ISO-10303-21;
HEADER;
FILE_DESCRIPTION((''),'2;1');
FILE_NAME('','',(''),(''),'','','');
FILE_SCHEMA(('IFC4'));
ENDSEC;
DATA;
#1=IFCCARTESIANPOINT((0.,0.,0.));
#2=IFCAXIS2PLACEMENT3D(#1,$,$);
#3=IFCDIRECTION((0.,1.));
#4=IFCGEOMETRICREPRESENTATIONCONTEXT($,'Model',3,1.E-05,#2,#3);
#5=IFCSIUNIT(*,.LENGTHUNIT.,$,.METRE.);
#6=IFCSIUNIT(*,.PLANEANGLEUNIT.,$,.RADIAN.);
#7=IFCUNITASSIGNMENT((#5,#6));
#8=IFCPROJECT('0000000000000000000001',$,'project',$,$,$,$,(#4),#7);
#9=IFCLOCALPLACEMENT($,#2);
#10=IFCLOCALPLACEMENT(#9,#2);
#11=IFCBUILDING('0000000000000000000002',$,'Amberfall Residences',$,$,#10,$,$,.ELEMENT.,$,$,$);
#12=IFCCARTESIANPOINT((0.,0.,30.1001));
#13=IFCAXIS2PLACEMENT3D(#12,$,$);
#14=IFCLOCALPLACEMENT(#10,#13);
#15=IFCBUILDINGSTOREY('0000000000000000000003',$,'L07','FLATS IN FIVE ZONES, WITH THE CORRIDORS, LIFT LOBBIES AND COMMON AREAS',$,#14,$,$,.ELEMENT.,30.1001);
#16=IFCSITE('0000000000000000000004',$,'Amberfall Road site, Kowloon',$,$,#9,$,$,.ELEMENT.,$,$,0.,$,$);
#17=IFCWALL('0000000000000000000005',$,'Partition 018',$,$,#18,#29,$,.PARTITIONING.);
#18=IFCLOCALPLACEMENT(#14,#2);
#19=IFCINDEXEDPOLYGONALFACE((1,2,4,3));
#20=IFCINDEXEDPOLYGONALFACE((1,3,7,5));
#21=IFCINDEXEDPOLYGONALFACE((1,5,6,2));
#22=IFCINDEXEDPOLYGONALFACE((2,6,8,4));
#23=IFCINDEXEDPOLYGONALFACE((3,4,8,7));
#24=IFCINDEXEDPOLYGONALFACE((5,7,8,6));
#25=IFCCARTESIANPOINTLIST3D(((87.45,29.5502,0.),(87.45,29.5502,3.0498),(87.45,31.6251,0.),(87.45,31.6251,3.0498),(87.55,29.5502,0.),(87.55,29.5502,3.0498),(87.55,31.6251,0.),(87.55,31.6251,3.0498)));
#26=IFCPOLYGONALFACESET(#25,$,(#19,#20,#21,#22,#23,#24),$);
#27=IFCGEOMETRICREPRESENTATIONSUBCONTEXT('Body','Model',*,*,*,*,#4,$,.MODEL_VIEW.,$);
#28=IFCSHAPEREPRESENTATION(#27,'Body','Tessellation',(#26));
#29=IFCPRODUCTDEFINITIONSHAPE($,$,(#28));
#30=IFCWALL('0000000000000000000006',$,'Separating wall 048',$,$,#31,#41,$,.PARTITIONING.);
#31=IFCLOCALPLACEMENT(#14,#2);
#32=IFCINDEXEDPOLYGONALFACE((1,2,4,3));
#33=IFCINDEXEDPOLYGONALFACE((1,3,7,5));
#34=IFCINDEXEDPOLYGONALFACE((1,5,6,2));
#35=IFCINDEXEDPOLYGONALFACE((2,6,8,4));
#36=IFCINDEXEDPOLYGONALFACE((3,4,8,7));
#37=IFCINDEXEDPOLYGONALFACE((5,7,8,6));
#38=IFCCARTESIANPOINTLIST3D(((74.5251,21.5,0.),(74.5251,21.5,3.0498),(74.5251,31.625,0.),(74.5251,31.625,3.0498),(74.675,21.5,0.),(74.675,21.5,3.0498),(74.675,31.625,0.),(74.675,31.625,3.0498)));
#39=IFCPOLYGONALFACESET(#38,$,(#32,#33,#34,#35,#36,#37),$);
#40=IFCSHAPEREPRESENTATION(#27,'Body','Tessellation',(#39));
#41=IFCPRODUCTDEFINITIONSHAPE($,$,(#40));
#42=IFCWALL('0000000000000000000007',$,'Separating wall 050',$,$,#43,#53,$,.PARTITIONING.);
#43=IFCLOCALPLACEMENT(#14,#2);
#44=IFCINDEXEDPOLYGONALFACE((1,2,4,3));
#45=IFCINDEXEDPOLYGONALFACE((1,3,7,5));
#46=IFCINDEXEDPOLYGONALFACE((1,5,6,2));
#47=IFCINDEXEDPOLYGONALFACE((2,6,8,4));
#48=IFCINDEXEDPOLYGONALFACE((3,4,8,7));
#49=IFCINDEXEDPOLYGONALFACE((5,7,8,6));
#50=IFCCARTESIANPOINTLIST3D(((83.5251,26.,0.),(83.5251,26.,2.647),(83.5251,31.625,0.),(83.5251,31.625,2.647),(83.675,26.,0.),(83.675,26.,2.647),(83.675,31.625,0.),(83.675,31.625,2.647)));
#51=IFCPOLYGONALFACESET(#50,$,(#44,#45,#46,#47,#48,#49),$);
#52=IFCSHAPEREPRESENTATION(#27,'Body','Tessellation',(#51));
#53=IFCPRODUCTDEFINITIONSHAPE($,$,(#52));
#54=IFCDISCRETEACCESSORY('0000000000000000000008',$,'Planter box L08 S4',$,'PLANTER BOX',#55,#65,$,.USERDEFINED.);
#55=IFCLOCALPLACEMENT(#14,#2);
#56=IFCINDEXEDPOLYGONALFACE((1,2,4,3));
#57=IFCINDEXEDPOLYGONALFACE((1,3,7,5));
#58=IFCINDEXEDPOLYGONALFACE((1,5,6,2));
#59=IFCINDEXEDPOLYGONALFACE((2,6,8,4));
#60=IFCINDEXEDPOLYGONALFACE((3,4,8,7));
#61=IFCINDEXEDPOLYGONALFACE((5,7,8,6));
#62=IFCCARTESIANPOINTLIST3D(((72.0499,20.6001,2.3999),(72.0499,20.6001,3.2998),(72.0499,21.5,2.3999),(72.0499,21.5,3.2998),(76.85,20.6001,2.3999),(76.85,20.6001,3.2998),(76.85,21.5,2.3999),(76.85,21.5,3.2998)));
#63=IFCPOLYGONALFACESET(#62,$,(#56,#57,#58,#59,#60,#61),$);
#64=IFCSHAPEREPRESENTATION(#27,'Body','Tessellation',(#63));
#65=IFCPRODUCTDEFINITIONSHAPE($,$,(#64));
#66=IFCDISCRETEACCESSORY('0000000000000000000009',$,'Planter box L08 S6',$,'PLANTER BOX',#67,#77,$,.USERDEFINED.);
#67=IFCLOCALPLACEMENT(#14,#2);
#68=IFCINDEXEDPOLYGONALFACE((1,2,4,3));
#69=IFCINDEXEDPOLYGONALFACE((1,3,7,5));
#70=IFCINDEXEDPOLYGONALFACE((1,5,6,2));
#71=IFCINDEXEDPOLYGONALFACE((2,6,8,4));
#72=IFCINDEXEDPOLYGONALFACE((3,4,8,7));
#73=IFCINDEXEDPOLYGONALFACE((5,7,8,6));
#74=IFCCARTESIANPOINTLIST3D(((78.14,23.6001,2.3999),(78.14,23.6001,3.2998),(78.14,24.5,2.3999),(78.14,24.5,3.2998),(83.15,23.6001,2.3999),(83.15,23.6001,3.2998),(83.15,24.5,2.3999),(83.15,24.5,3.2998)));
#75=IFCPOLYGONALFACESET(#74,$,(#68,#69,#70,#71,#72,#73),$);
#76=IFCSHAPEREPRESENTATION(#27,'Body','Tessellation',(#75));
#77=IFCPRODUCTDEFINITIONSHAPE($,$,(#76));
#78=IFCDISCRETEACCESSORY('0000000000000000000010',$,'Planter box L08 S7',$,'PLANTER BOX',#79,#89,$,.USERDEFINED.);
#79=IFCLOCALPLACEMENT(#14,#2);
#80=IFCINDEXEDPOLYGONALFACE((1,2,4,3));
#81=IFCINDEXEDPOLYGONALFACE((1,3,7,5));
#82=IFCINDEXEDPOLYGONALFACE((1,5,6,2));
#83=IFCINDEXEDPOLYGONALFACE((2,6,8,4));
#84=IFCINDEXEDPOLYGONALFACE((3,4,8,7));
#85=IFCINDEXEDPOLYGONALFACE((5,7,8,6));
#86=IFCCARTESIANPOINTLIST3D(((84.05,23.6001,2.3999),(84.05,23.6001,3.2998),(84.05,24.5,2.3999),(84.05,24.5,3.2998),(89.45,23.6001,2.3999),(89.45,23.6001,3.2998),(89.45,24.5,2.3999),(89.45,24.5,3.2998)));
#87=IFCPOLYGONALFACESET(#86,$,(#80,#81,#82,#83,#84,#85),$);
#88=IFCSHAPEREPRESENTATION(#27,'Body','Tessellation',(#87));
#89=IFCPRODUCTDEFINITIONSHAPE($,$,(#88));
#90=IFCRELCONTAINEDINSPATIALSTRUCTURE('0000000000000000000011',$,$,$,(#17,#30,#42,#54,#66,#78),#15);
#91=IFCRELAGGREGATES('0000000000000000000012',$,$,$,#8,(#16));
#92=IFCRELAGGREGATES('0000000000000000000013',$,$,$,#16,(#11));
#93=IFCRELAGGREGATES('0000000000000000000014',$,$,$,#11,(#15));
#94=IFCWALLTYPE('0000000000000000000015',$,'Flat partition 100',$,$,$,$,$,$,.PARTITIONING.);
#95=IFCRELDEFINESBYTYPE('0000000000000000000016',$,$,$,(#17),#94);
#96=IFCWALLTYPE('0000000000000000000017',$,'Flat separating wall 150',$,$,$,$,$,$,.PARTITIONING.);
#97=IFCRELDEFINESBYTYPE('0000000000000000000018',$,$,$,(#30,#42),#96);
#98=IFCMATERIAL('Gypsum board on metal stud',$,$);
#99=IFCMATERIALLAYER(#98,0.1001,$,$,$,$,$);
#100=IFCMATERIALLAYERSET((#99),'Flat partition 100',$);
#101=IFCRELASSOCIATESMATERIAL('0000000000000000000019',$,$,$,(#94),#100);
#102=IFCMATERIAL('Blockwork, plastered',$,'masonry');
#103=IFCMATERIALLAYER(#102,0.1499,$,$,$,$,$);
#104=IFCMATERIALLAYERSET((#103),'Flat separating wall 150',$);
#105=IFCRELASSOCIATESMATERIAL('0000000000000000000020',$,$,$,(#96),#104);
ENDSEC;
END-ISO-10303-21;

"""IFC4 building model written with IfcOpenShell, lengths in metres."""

from ifc_helpers import new_model, si_unit, direction, frame, frame_2d, origin, origin_2d, place, context, subcontext, project, spatial, rectangle, extrude, material, layer, layer_set, type_object, element, save


model = new_model("IFC4")

# Units and contexts
model_context = context("Model", 3, precision=1e-05, world=origin(), true_north=direction((0.0, 1.0)))
body_context = subcontext(model_context, "Body", "Model", "MODEL_VIEW")
ifc_project = project(units=[si_unit("LENGTHUNIT", "METRE"), si_unit("PLANEANGLEUNIT", "RADIAN")], contexts=[model_context])

# Site, building, storey
site_placement = place(None, origin())
site = spatial("IfcSite", under=ifc_project, at=site_placement, Name="Amberfall Road site, Kowloon", CompositionType="ELEMENT", RefElevation=0.0)
building_placement = place(site_placement, origin())
building = spatial("IfcBuilding", under=site, at=building_placement, Name="Amberfall Residences", CompositionType="ELEMENT")
storey_placement = place(building_placement, frame((0.0, 0.0, 30.1001)))
storey = spatial("IfcBuildingStorey", under=building, at=storey_placement, Name="L07", Description="FLATS IN FIVE ZONES, WITH THE CORRIDORS, LIFT LOBBIES AND COMMON AREAS", CompositionType="ELEMENT", Elevation=30.1001)

# Walls
ifc_material_1 = material(Name="Gypsum board on metal stud")
ifc_layer_1 = layer(ifc_material_1, 0.1001)
ifc_layer_set_1 = layer_set([ifc_layer_1], Name="Flat partition 100")
wall_type_1 = type_object("IfcWallType", Name="Flat partition 100", PredefinedType="PARTITIONING", material=ifc_layer_set_1)
for number, where, z_axis, x_axis, name in (
    (1, (87.5, 29.55, 0.0), (0.0, 0.0, 1.0), (0.0, 1.0, 0.0), "Partition 018"),
):
    element("IfcWall", number, at=place(storey_placement, frame(where, z_axis=z_axis, x_axis=x_axis)), inside=storey, type_object=wall_type_1, Name=name, PredefinedType="PARTITIONING", context=body_context, shape_type="SweptSolid", body=[
        extrude(rectangle(XDim=2.075, YDim=0.1001, at=frame_2d((1.0376, 0.0))), origin(), (0.0, 0.0, 1.0), 3.0498),
    ])
ifc_material_2 = material(Name="Blockwork, plastered", Category="masonry")
ifc_layer_2 = layer(ifc_material_2, 0.1499)
ifc_layer_set_2 = layer_set([ifc_layer_2], Name="Flat separating wall 150")
wall_type_2 = type_object("IfcWallType", Name="Flat separating wall 150", PredefinedType="PARTITIONING", material=ifc_layer_set_2)
wall_1_placement = place(storey_placement, frame((74.6001, 21.5, 0.0), z_axis=(0.0, 0.0, 1.0), x_axis=(0.0, 1.0, 0.0)))
element("IfcWall", 2, at=wall_1_placement, inside=storey, type_object=wall_type_2, Name="Separating wall 048", PredefinedType="PARTITIONING", context=body_context, shape_type="SweptSolid", body=[
    extrude(rectangle(XDim=10.125, YDim=0.1499, at=frame_2d((5.0625, 0.0))), origin(), (0.0, 0.0, 1.0), 3.0498),
])
wall_2_placement = place(storey_placement, frame((83.6001, 26.0, 0.0), z_axis=(0.0, 0.0, 1.0), x_axis=(0.0, 1.0, 0.0)))
element("IfcWall", 3, at=wall_2_placement, inside=storey, type_object=wall_type_2, Name="Separating wall 050", PredefinedType="PARTITIONING", context=body_context, shape_type="SweptSolid", body=[
    extrude(rectangle(XDim=5.625, YDim=0.1499, at=frame_2d((2.8125, 0.0))), origin(), (0.0, 0.0, 1.0), 2.647),
])

# Discrete accessories
discrete_accessory_1_placement = place(storey_placement, frame((74.45, 21.05, 2.3999), z_axis=(0.0, 0.0, 1.0), x_axis=(1.0, 0.0, 0.0)))
element("IfcDiscreteAccessory", 4, at=discrete_accessory_1_placement, inside=storey, Name="Planter box L08 S4", ObjectType="PLANTER BOX", PredefinedType="USERDEFINED", context=body_context, shape_type="SweptSolid", body=[
    extrude(rectangle(XDim=4.8, YDim=0.8999, at=origin_2d()), origin(), (0.0, 0.0, 1.0), 0.8999),
])
discrete_accessory_2_placement = place(storey_placement, frame((80.645, 24.05, 2.3999), z_axis=(0.0, 0.0, 1.0), x_axis=(1.0, 0.0, 0.0)))
element("IfcDiscreteAccessory", 5, at=discrete_accessory_2_placement, inside=storey, Name="Planter box L08 S6", ObjectType="PLANTER BOX", PredefinedType="USERDEFINED", context=body_context, shape_type="SweptSolid", body=[
    extrude(rectangle(XDim=5.01, YDim=0.8999, at=origin_2d()), origin(), (0.0, 0.0, 1.0), 0.8999),
])
discrete_accessory_3_placement = place(storey_placement, frame((86.75, 24.05, 2.3999), z_axis=(0.0, 0.0, 1.0), x_axis=(1.0, 0.0, 0.0)))
element("IfcDiscreteAccessory", 6, at=discrete_accessory_3_placement, inside=storey, Name="Planter box L08 S7", ObjectType="PLANTER BOX", PredefinedType="USERDEFINED", context=body_context, shape_type="SweptSolid", body=[
    extrude(rectangle(XDim=5.3999, YDim=0.8999, at=origin_2d()), origin(), (0.0, 0.0, 1.0), 0.8999),
])

save(model, "model.ifc")
